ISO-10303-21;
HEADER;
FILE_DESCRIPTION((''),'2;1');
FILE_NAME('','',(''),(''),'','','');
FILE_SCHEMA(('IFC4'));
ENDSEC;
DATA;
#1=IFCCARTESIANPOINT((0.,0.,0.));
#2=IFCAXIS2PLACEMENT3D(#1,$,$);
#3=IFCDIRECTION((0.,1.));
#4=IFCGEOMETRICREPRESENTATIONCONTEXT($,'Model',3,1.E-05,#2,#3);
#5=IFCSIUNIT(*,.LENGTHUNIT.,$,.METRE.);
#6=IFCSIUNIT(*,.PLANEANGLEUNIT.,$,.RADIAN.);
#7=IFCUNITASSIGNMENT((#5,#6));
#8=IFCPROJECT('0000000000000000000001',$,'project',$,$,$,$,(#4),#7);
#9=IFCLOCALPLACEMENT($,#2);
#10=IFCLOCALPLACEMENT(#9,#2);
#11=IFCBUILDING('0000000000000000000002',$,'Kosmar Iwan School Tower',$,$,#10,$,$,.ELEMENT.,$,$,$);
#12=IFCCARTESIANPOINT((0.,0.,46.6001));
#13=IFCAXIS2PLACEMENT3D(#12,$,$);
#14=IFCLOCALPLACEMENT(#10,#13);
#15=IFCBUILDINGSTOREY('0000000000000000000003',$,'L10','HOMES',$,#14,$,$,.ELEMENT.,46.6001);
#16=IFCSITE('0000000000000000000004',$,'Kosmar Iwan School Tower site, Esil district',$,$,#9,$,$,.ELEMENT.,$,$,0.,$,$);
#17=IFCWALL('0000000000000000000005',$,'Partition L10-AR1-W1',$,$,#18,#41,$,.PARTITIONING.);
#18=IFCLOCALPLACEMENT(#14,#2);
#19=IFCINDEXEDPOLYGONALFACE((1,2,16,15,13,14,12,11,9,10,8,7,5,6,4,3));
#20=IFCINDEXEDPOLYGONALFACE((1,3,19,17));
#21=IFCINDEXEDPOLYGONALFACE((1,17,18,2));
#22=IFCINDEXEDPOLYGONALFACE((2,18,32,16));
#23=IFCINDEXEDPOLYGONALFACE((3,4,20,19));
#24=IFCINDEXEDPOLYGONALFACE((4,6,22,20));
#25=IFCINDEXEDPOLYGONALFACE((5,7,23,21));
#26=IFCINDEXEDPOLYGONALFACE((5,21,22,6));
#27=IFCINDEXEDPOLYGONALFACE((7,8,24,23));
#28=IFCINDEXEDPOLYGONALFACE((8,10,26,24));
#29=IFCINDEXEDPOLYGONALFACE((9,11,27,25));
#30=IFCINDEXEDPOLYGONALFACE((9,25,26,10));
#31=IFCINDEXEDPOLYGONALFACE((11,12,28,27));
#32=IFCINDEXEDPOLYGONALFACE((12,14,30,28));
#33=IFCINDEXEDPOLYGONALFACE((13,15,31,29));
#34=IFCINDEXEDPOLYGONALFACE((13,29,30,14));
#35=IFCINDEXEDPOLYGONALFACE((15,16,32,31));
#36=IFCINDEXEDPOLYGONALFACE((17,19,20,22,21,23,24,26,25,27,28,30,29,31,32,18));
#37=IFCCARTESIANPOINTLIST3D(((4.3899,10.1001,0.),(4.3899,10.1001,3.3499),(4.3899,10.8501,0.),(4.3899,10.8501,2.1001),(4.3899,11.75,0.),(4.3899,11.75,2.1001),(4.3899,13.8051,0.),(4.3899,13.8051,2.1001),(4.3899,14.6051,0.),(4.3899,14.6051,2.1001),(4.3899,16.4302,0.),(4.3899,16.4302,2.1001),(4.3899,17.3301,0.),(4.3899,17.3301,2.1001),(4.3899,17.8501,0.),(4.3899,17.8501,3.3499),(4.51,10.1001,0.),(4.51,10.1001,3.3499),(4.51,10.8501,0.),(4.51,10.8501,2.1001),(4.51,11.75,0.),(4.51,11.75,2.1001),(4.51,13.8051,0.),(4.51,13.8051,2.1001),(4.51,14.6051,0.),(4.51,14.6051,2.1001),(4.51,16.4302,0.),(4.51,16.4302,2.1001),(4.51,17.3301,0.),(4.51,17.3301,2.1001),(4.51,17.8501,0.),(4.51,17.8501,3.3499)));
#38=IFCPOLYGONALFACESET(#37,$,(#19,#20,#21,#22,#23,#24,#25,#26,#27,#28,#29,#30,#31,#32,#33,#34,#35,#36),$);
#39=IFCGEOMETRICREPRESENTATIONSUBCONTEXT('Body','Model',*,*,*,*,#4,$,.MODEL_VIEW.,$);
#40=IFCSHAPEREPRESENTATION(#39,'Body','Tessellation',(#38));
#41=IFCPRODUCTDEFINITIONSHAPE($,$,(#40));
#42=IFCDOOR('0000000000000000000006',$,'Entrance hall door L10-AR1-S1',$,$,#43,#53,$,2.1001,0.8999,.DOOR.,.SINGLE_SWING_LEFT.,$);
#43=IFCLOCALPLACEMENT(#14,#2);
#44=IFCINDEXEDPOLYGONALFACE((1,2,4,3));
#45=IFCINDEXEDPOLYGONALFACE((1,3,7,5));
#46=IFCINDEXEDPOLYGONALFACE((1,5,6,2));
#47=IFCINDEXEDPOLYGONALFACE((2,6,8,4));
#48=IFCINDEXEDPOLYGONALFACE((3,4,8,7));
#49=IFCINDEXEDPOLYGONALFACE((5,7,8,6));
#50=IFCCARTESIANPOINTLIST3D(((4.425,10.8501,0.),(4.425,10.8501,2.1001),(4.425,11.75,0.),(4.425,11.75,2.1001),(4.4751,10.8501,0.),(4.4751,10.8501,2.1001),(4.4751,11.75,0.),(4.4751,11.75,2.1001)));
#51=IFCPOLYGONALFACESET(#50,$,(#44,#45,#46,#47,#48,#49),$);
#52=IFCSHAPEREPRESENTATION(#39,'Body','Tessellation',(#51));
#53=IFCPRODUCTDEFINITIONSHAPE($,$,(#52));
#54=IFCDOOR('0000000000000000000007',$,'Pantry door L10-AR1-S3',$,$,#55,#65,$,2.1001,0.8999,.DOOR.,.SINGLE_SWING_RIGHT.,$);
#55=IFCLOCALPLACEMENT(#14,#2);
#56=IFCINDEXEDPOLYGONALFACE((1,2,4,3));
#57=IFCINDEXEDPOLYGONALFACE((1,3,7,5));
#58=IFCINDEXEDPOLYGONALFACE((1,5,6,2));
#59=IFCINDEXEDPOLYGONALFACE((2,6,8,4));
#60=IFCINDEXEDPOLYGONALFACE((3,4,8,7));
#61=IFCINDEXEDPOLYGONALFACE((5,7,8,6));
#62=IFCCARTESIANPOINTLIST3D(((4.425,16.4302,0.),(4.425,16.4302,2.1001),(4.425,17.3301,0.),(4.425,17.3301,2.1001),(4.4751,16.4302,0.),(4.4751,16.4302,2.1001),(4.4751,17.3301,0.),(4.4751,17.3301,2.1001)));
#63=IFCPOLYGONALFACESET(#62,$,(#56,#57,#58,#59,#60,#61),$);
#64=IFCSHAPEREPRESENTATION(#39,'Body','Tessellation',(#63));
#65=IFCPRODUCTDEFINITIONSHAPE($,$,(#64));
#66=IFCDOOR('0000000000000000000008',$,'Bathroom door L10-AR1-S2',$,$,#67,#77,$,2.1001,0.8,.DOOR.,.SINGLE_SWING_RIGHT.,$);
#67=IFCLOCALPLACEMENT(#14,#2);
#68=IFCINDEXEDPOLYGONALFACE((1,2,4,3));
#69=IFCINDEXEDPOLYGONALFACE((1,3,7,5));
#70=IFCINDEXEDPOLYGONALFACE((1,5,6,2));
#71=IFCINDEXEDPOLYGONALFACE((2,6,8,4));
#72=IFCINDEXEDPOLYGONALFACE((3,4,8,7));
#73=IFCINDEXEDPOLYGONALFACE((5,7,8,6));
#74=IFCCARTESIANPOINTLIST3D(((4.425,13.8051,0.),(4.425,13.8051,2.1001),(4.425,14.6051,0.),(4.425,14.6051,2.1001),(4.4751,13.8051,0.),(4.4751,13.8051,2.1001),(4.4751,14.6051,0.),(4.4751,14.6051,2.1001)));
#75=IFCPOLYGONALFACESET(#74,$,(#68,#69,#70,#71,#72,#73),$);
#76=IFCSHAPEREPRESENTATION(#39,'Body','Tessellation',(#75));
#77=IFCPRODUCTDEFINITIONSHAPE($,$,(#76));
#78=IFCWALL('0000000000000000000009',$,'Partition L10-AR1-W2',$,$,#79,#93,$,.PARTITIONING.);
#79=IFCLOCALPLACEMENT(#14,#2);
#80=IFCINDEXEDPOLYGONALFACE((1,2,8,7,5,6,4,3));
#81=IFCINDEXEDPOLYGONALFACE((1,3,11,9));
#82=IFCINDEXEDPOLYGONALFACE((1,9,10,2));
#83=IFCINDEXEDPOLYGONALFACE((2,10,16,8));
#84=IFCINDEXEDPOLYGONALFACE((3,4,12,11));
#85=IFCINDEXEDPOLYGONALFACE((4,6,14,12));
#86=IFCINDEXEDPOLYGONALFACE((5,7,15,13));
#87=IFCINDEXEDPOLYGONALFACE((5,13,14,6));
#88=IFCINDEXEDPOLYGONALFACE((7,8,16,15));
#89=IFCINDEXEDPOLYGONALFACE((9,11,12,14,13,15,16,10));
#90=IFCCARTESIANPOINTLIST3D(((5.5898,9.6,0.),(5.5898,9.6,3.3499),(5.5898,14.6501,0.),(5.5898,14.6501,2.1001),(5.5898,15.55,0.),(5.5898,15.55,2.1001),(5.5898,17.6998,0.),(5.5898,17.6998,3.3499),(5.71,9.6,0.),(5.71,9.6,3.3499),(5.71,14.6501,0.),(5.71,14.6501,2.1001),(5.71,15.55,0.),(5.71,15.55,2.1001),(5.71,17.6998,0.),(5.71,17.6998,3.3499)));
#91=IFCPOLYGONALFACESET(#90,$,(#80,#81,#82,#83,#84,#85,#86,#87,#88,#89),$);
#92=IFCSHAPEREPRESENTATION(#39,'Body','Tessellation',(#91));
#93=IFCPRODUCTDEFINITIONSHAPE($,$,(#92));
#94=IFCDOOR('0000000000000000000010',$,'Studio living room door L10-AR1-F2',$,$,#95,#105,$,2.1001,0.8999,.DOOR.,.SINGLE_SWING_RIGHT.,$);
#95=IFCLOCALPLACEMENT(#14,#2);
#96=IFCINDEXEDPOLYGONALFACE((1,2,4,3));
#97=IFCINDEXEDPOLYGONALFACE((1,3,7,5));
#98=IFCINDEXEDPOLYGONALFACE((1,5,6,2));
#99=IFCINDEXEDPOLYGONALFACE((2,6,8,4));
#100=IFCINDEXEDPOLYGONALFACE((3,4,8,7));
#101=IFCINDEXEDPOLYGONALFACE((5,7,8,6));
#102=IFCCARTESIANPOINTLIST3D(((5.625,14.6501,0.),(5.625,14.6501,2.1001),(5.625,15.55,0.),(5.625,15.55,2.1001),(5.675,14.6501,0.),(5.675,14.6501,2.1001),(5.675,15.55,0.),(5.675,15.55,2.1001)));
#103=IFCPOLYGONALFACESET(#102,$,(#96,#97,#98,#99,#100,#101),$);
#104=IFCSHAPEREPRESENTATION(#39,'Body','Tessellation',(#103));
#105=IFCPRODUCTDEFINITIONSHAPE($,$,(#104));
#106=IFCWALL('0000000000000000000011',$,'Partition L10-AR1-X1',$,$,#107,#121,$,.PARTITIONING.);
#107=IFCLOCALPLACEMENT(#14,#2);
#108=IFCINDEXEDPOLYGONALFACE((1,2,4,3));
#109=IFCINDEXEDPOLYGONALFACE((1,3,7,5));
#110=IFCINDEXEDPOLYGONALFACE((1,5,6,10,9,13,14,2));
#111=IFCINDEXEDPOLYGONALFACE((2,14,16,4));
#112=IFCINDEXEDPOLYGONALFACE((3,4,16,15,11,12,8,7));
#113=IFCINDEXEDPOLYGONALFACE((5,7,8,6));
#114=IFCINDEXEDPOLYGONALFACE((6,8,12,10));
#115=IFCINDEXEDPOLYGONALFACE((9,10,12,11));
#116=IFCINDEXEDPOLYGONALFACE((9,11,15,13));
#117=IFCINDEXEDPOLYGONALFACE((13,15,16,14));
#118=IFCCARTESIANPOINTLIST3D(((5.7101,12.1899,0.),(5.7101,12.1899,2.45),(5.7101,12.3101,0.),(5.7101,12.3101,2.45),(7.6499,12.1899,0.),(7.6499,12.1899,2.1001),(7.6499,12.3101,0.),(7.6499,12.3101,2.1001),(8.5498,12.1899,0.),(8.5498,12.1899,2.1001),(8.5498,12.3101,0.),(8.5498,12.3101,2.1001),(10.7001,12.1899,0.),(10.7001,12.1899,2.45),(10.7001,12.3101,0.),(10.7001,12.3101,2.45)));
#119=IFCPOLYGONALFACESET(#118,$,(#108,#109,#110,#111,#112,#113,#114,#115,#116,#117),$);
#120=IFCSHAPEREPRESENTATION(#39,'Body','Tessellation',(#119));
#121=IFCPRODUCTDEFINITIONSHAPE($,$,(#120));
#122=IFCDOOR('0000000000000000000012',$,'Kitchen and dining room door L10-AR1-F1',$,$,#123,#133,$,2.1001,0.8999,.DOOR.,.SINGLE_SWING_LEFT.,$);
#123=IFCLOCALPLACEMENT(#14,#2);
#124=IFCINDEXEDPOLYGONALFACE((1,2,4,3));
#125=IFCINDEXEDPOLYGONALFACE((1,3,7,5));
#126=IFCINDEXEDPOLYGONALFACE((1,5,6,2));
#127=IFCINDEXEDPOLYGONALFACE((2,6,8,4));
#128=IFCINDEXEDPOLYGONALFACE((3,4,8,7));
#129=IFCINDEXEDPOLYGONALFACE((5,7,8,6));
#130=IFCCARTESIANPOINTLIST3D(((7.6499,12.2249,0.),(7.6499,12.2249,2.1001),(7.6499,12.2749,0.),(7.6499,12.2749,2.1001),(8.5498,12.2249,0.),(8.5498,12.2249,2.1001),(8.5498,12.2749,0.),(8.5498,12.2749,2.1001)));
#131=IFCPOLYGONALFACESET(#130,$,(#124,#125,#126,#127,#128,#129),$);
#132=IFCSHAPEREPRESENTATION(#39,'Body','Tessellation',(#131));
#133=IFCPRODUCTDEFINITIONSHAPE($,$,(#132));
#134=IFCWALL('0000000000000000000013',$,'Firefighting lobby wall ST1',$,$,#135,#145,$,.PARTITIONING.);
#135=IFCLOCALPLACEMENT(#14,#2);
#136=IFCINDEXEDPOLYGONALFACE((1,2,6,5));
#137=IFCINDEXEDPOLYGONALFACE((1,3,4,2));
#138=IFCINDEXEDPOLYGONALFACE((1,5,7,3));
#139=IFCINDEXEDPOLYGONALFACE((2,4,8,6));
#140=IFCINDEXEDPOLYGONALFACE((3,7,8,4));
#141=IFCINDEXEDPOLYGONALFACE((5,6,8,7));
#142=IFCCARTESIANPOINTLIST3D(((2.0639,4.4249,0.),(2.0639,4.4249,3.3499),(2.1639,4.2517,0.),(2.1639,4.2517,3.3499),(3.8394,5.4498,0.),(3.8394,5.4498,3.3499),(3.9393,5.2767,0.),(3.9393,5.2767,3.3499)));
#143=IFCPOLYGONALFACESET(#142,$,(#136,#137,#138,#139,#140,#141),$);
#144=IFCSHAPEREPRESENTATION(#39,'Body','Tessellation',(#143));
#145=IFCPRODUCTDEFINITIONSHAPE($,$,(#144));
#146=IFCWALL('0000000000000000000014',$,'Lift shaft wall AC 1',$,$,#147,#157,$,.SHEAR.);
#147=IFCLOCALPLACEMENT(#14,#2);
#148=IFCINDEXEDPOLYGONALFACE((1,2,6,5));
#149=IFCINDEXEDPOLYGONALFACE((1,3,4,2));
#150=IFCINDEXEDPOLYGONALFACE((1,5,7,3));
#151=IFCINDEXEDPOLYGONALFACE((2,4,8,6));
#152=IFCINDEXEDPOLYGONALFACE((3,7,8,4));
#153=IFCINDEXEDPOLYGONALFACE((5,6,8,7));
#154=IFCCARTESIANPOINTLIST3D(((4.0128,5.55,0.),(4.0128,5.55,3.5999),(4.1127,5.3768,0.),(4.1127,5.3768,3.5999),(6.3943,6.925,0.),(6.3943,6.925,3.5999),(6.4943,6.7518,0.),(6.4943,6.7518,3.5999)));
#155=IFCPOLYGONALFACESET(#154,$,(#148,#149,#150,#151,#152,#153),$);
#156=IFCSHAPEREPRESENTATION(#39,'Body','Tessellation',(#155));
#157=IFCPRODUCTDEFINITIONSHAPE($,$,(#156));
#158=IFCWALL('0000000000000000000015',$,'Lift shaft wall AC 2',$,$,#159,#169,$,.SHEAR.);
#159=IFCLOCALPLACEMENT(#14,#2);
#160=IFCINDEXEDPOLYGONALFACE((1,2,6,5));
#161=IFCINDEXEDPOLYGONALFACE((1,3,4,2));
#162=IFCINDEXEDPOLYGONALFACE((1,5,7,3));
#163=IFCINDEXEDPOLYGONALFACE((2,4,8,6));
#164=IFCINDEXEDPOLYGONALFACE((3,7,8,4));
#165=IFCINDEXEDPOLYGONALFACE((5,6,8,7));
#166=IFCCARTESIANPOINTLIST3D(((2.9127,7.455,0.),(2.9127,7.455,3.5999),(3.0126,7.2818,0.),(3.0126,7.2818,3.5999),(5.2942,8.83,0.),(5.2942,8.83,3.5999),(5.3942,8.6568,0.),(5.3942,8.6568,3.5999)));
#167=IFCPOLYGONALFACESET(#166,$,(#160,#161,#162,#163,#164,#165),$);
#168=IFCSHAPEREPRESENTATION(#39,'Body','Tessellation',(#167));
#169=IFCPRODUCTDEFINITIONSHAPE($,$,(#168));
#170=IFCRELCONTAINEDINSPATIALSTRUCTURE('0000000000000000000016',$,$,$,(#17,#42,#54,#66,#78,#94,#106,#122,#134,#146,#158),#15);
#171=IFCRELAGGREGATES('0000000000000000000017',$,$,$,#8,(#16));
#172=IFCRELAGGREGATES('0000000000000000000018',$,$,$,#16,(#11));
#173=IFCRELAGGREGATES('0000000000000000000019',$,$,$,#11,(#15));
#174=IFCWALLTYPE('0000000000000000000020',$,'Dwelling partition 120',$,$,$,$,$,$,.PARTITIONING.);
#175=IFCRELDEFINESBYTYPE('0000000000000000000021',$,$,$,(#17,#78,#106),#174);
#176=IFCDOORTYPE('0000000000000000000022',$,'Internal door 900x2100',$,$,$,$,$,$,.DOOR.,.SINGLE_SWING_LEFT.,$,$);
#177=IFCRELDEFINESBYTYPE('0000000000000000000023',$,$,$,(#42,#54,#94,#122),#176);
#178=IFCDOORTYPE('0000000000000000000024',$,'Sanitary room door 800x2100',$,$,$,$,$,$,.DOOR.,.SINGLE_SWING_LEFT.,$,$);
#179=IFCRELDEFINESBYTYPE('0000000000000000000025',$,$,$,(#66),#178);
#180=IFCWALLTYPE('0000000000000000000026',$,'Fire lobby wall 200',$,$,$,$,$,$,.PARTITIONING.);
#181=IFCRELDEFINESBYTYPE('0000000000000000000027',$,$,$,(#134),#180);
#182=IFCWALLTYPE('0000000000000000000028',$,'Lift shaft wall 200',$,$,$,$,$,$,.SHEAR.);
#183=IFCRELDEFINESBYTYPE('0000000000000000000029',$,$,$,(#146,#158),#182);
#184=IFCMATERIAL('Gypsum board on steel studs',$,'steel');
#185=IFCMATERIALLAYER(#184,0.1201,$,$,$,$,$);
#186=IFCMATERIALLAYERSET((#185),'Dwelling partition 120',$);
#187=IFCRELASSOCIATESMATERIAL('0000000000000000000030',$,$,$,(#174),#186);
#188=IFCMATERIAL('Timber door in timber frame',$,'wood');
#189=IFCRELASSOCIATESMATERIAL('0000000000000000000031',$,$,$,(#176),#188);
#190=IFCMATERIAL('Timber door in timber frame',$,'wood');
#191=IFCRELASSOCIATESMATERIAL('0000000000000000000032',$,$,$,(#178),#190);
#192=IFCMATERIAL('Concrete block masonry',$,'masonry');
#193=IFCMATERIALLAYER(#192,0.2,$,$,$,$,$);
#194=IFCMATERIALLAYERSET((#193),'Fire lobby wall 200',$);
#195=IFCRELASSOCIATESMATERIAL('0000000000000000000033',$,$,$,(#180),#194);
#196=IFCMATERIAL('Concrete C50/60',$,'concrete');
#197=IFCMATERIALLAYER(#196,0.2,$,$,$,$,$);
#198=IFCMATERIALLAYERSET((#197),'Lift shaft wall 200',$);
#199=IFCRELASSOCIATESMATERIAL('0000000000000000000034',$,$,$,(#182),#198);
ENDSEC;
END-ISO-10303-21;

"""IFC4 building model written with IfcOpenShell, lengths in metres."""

from ifc_helpers import new_model, si_unit, direction, frame, frame_2d, origin, place, context, subcontext, project, spatial, rectangle, extrude, material, layer, layer_set, type_object, element, fill, save


model = new_model("IFC4")

# Units and contexts
model_context = context("Model", 3, precision=1e-05, world=origin(), true_north=direction((0.0, 1.0)))
body_context = subcontext(model_context, "Body", "Model", "MODEL_VIEW")
ifc_project = project(units=[si_unit("LENGTHUNIT", "METRE"), si_unit("PLANEANGLEUNIT", "RADIAN")], contexts=[model_context])

# Site, building, storey
site_placement = place(None, origin())
site = spatial("IfcSite", under=ifc_project, at=site_placement, Name="Kosmar Iwan School Tower site, Esil district", CompositionType="ELEMENT", RefElevation=0.0)
building_placement = place(site_placement, origin())
building = spatial("IfcBuilding", under=site, at=building_placement, Name="Kosmar Iwan School Tower", CompositionType="ELEMENT")
storey_placement = place(building_placement, frame((0.0, 0.0, 46.6001)))
storey = spatial("IfcBuildingStorey", under=building, at=storey_placement, Name="L10", Description="HOMES", CompositionType="ELEMENT", Elevation=46.6001)

# Wall, openings, doors
ifc_material_1 = material(Name="Gypsum board on steel studs", Category="steel")
ifc_layer_1 = layer(ifc_material_1, 0.1201)
ifc_layer_set_1 = layer_set([ifc_layer_1], Name="Dwelling partition 120")
wall_type_1 = type_object("IfcWallType", Name="Dwelling partition 120", PredefinedType="PARTITIONING", material=ifc_layer_set_1)
wall_1_placement = place(storey_placement, frame((4.45, 10.1001, 0.0), z_axis=(0.0, 0.0, 1.0), x_axis=(0.0, 1.0, 0.0)))
wall_1 = element("IfcWall", 1, at=wall_1_placement, inside=storey, type_object=wall_type_1, Name="Partition L10-AR1-W1", PredefinedType="PARTITIONING", context=body_context, shape_type="SweptSolid", body=[
    extrude(rectangle(XDim=7.75, YDim=0.1201, at=frame_2d((3.875, 0.0))), origin(), (0.0, 0.0, 1.0), 3.3499),
])
opening_1_placement = place(wall_1_placement, frame((0.75, 0.0, 0.0)))
opening_1 = element("IfcOpeningElement", 2, at=opening_1_placement, cuts=wall_1, PredefinedType="OPENING", context=body_context, shape_type="SweptSolid", body=[
    extrude(rectangle(XDim=0.8999, YDim=2.1001, at=frame_2d((0.45, 1.05))), frame((0.0, 0.072, 0.0), z_axis=(0.0, -1.0, 0.0), x_axis=(1.0, 0.0, 0.0)), (0.0, 0.0, 1.0), 0.144),
])
opening_2_placement = place(wall_1_placement, frame((3.7051, 0.0, 0.0)))
opening_2 = element("IfcOpeningElement", 3, at=opening_2_placement, cuts=wall_1, PredefinedType="OPENING", context=body_context, shape_type="SweptSolid", body=[
    extrude(rectangle(XDim=0.8, YDim=2.1001, at=frame_2d((0.3999, 1.05))), frame((0.0, 0.072, 0.0), z_axis=(0.0, -1.0, 0.0), x_axis=(1.0, 0.0, 0.0)), (0.0, 0.0, 1.0), 0.144),
])
opening_3_placement = place(wall_1_placement, frame((6.3301, 0.0, 0.0)))
opening_3 = element("IfcOpeningElement", 4, at=opening_3_placement, cuts=wall_1, PredefinedType="OPENING", context=body_context, shape_type="SweptSolid", body=[
    extrude(rectangle(XDim=0.8999, YDim=2.1001, at=frame_2d((0.45, 1.05))), frame((0.0, 0.072, 0.0), z_axis=(0.0, -1.0, 0.0), x_axis=(1.0, 0.0, 0.0)), (0.0, 0.0, 1.0), 0.144),
])
ifc_material_2 = material(Name="Timber door in timber frame", Category="wood")
door_type_1 = type_object("IfcDoorType", Name="Internal door 900x2100", OperationType="SINGLE_SWING_LEFT", PredefinedType="DOOR", material=ifc_material_2)
door_1_placement = place(opening_1_placement, origin())
door_1 = element("IfcDoor", 5, at=door_1_placement, inside=storey, type_object=door_type_1, Name="Entrance hall door L10-AR1-S1", OperationType="SINGLE_SWING_LEFT", OverallHeight=2.1001, OverallWidth=0.8999, PredefinedType="DOOR", context=body_context, shape_type="SweptSolid", body=[
    extrude(rectangle(XDim=0.8999, YDim=2.1001, at=frame_2d((0.45, 1.05))), frame((0.0, 0.0249, 0.0), z_axis=(0.0, -1.0, 0.0), x_axis=(1.0, 0.0, 0.0)), (0.0, 0.0, 1.0), 0.05),
])
fill(opening_1, door_1)
door_2_placement = place(opening_3_placement, origin())
door_2 = element("IfcDoor", 6, at=door_2_placement, inside=storey, type_object=door_type_1, Name="Pantry door L10-AR1-S3", OperationType="SINGLE_SWING_RIGHT", OverallHeight=2.1001, OverallWidth=0.8999, PredefinedType="DOOR", context=body_context, shape_type="SweptSolid", body=[
    extrude(rectangle(XDim=0.8999, YDim=2.1001, at=frame_2d((0.45, 1.05))), frame((0.0, 0.0249, 0.0), z_axis=(0.0, -1.0, 0.0), x_axis=(1.0, 0.0, 0.0)), (0.0, 0.0, 1.0), 0.05),
])
fill(opening_3, door_2)
ifc_material_3 = material(Name="Timber door in timber frame", Category="wood")
door_type_2 = type_object("IfcDoorType", Name="Sanitary room door 800x2100", OperationType="SINGLE_SWING_LEFT", PredefinedType="DOOR", material=ifc_material_3)
door_3_placement = place(opening_2_placement, origin())
door_3 = element("IfcDoor", 7, at=door_3_placement, inside=storey, type_object=door_type_2, Name="Bathroom door L10-AR1-S2", OperationType="SINGLE_SWING_RIGHT", OverallHeight=2.1001, OverallWidth=0.8, PredefinedType="DOOR", context=body_context, shape_type="SweptSolid", body=[
    extrude(rectangle(XDim=0.8, YDim=2.1001, at=frame_2d((0.3999, 1.05))), frame((0.0, 0.0249, 0.0), z_axis=(0.0, -1.0, 0.0), x_axis=(1.0, 0.0, 0.0)), (0.0, 0.0, 1.0), 0.05),
])
fill(opening_2, door_3)

# Walls, openings, doors
wall_2_placement = place(storey_placement, frame((5.6499, 9.6001, 0.0), z_axis=(0.0, 0.0, 1.0), x_axis=(0.0, 1.0, 0.0)))
wall_2 = element("IfcWall", 8, at=wall_2_placement, inside=storey, type_object=wall_type_1, Name="Partition L10-AR1-W2", PredefinedType="PARTITIONING", context=body_context, shape_type="SweptSolid", body=[
    extrude(rectangle(XDim=8.0999, YDim=0.1201, at=frame_2d((4.0498, 0.0))), origin(), (0.0, 0.0, 1.0), 3.3499),
])
opening_4_placement = place(wall_2_placement, frame((5.05, 0.0, 0.0)))
opening_4 = element("IfcOpeningElement", 9, at=opening_4_placement, cuts=wall_2, PredefinedType="OPENING", context=body_context, shape_type="SweptSolid", body=[
    extrude(rectangle(XDim=0.8999, YDim=2.1001, at=frame_2d((0.45, 1.05))), frame((0.0, 0.072, 0.0), z_axis=(0.0, -1.0, 0.0), x_axis=(1.0, 0.0, 0.0)), (0.0, 0.0, 1.0), 0.144),
])
door_4_placement = place(opening_4_placement, origin())
door_4 = element("IfcDoor", 10, at=door_4_placement, inside=storey, type_object=door_type_1, Name="Studio living room door L10-AR1-F2", OperationType="SINGLE_SWING_RIGHT", OverallHeight=2.1001, OverallWidth=0.8999, PredefinedType="DOOR", context=body_context, shape_type="SweptSolid", body=[
    extrude(rectangle(XDim=0.8999, YDim=2.1001, at=frame_2d((0.45, 1.05))), frame((0.0, 0.0249, 0.0), z_axis=(0.0, -1.0, 0.0), x_axis=(1.0, 0.0, 0.0)), (0.0, 0.0, 1.0), 0.05),
])
fill(opening_4, door_4)
wall_3_placement = place(storey_placement, frame((5.71, 12.25, 0.0), z_axis=(0.0, 0.0, 1.0), x_axis=(1.0, 0.0, 0.0)))
wall_3 = element("IfcWall", 11, at=wall_3_placement, inside=storey, type_object=wall_type_1, Name="Partition L10-AR1-X1", PredefinedType="PARTITIONING", context=body_context, shape_type="SweptSolid", body=[
    extrude(rectangle(XDim=4.99, YDim=0.1201, at=frame_2d((2.4951, 0.0))), origin(), (0.0, 0.0, 1.0), 2.45),
])
opening_5_placement = place(wall_3_placement, frame((1.9399, 0.0, 0.0)))
opening_5 = element("IfcOpeningElement", 12, at=opening_5_placement, cuts=wall_3, PredefinedType="OPENING", context=body_context, shape_type="SweptSolid", body=[
    extrude(rectangle(XDim=0.8999, YDim=2.1001, at=frame_2d((0.45, 1.05))), frame((0.0, 0.072, 0.0), z_axis=(0.0, -1.0, 0.0), x_axis=(1.0, 0.0, 0.0)), (0.0, 0.0, 1.0), 0.144),
])
door_5_placement = place(opening_5_placement, origin())
door_5 = element("IfcDoor", 13, at=door_5_placement, inside=storey, type_object=door_type_1, Name="Kitchen and dining room door L10-AR1-F1", OperationType="SINGLE_SWING_LEFT", OverallHeight=2.1001, OverallWidth=0.8999, PredefinedType="DOOR", context=body_context, shape_type="SweptSolid", body=[
    extrude(rectangle(XDim=0.8999, YDim=2.1001, at=frame_2d((0.45, 1.05))), frame((0.0, 0.0249, 0.0), z_axis=(0.0, -1.0, 0.0), x_axis=(1.0, 0.0, 0.0)), (0.0, 0.0, 1.0), 0.05),
])
fill(opening_5, door_5)

# Walls
ifc_material_4 = material(Name="Concrete block masonry", Category="masonry")
ifc_layer_2 = layer(ifc_material_4, 0.2)
ifc_layer_set_2 = layer_set([ifc_layer_2], Name="Fire lobby wall 200")
wall_type_2 = type_object("IfcWallType", Name="Fire lobby wall 200", PredefinedType="PARTITIONING", material=ifc_layer_set_2)
wall_4_placement = place(storey_placement, frame((2.114, 4.3384, 0.0), z_axis=(0.0, 0.0, 1.0), x_axis=(0.866051, 0.499956, 0.0)))
element("IfcWall", 14, at=wall_4_placement, inside=storey, type_object=wall_type_2, Name="Firefighting lobby wall ST1", PredefinedType="PARTITIONING", context=body_context, shape_type="SweptSolid", body=[
    extrude(rectangle(XDim=2.05, YDim=0.2, at=frame_2d((1.0249, 0.0))), origin(), (0.0, 0.0, 1.0), 3.3499),
])
ifc_material_5 = material(Name="Concrete C50/60", Category="concrete")
ifc_layer_3 = layer(ifc_material_5, 0.2)
ifc_layer_set_3 = layer_set([ifc_layer_3], Name="Lift shaft wall 200")
wall_type_3 = type_object("IfcWallType", Name="Lift shaft wall 200", PredefinedType="SHEAR", material=ifc_layer_set_3)
for number, where, z_axis, x_axis, name in (
    (15, (4.0627, 5.4634, 0.0), (0.0, 0.0, 1.0), (0.866027, 0.499997, 0.0), "Lift shaft wall AC 1"),
    (16, (2.9626, 7.3684, 0.0), (0.0, 0.0, 1.0), (0.866027, 0.499997, 0.0), "Lift shaft wall AC 2"),
):
    element("IfcWall", number, at=place(storey_placement, frame(where, z_axis=z_axis, x_axis=x_axis)), inside=storey, type_object=wall_type_3, Name=name, PredefinedType="SHEAR", context=body_context, shape_type="SweptSolid", body=[
        extrude(rectangle(XDim=2.75, YDim=0.2, at=frame_2d((1.375, 0.0))), origin(), (0.0, 0.0, 1.0), 3.5999),
    ])

save(model, "model.ifc")
